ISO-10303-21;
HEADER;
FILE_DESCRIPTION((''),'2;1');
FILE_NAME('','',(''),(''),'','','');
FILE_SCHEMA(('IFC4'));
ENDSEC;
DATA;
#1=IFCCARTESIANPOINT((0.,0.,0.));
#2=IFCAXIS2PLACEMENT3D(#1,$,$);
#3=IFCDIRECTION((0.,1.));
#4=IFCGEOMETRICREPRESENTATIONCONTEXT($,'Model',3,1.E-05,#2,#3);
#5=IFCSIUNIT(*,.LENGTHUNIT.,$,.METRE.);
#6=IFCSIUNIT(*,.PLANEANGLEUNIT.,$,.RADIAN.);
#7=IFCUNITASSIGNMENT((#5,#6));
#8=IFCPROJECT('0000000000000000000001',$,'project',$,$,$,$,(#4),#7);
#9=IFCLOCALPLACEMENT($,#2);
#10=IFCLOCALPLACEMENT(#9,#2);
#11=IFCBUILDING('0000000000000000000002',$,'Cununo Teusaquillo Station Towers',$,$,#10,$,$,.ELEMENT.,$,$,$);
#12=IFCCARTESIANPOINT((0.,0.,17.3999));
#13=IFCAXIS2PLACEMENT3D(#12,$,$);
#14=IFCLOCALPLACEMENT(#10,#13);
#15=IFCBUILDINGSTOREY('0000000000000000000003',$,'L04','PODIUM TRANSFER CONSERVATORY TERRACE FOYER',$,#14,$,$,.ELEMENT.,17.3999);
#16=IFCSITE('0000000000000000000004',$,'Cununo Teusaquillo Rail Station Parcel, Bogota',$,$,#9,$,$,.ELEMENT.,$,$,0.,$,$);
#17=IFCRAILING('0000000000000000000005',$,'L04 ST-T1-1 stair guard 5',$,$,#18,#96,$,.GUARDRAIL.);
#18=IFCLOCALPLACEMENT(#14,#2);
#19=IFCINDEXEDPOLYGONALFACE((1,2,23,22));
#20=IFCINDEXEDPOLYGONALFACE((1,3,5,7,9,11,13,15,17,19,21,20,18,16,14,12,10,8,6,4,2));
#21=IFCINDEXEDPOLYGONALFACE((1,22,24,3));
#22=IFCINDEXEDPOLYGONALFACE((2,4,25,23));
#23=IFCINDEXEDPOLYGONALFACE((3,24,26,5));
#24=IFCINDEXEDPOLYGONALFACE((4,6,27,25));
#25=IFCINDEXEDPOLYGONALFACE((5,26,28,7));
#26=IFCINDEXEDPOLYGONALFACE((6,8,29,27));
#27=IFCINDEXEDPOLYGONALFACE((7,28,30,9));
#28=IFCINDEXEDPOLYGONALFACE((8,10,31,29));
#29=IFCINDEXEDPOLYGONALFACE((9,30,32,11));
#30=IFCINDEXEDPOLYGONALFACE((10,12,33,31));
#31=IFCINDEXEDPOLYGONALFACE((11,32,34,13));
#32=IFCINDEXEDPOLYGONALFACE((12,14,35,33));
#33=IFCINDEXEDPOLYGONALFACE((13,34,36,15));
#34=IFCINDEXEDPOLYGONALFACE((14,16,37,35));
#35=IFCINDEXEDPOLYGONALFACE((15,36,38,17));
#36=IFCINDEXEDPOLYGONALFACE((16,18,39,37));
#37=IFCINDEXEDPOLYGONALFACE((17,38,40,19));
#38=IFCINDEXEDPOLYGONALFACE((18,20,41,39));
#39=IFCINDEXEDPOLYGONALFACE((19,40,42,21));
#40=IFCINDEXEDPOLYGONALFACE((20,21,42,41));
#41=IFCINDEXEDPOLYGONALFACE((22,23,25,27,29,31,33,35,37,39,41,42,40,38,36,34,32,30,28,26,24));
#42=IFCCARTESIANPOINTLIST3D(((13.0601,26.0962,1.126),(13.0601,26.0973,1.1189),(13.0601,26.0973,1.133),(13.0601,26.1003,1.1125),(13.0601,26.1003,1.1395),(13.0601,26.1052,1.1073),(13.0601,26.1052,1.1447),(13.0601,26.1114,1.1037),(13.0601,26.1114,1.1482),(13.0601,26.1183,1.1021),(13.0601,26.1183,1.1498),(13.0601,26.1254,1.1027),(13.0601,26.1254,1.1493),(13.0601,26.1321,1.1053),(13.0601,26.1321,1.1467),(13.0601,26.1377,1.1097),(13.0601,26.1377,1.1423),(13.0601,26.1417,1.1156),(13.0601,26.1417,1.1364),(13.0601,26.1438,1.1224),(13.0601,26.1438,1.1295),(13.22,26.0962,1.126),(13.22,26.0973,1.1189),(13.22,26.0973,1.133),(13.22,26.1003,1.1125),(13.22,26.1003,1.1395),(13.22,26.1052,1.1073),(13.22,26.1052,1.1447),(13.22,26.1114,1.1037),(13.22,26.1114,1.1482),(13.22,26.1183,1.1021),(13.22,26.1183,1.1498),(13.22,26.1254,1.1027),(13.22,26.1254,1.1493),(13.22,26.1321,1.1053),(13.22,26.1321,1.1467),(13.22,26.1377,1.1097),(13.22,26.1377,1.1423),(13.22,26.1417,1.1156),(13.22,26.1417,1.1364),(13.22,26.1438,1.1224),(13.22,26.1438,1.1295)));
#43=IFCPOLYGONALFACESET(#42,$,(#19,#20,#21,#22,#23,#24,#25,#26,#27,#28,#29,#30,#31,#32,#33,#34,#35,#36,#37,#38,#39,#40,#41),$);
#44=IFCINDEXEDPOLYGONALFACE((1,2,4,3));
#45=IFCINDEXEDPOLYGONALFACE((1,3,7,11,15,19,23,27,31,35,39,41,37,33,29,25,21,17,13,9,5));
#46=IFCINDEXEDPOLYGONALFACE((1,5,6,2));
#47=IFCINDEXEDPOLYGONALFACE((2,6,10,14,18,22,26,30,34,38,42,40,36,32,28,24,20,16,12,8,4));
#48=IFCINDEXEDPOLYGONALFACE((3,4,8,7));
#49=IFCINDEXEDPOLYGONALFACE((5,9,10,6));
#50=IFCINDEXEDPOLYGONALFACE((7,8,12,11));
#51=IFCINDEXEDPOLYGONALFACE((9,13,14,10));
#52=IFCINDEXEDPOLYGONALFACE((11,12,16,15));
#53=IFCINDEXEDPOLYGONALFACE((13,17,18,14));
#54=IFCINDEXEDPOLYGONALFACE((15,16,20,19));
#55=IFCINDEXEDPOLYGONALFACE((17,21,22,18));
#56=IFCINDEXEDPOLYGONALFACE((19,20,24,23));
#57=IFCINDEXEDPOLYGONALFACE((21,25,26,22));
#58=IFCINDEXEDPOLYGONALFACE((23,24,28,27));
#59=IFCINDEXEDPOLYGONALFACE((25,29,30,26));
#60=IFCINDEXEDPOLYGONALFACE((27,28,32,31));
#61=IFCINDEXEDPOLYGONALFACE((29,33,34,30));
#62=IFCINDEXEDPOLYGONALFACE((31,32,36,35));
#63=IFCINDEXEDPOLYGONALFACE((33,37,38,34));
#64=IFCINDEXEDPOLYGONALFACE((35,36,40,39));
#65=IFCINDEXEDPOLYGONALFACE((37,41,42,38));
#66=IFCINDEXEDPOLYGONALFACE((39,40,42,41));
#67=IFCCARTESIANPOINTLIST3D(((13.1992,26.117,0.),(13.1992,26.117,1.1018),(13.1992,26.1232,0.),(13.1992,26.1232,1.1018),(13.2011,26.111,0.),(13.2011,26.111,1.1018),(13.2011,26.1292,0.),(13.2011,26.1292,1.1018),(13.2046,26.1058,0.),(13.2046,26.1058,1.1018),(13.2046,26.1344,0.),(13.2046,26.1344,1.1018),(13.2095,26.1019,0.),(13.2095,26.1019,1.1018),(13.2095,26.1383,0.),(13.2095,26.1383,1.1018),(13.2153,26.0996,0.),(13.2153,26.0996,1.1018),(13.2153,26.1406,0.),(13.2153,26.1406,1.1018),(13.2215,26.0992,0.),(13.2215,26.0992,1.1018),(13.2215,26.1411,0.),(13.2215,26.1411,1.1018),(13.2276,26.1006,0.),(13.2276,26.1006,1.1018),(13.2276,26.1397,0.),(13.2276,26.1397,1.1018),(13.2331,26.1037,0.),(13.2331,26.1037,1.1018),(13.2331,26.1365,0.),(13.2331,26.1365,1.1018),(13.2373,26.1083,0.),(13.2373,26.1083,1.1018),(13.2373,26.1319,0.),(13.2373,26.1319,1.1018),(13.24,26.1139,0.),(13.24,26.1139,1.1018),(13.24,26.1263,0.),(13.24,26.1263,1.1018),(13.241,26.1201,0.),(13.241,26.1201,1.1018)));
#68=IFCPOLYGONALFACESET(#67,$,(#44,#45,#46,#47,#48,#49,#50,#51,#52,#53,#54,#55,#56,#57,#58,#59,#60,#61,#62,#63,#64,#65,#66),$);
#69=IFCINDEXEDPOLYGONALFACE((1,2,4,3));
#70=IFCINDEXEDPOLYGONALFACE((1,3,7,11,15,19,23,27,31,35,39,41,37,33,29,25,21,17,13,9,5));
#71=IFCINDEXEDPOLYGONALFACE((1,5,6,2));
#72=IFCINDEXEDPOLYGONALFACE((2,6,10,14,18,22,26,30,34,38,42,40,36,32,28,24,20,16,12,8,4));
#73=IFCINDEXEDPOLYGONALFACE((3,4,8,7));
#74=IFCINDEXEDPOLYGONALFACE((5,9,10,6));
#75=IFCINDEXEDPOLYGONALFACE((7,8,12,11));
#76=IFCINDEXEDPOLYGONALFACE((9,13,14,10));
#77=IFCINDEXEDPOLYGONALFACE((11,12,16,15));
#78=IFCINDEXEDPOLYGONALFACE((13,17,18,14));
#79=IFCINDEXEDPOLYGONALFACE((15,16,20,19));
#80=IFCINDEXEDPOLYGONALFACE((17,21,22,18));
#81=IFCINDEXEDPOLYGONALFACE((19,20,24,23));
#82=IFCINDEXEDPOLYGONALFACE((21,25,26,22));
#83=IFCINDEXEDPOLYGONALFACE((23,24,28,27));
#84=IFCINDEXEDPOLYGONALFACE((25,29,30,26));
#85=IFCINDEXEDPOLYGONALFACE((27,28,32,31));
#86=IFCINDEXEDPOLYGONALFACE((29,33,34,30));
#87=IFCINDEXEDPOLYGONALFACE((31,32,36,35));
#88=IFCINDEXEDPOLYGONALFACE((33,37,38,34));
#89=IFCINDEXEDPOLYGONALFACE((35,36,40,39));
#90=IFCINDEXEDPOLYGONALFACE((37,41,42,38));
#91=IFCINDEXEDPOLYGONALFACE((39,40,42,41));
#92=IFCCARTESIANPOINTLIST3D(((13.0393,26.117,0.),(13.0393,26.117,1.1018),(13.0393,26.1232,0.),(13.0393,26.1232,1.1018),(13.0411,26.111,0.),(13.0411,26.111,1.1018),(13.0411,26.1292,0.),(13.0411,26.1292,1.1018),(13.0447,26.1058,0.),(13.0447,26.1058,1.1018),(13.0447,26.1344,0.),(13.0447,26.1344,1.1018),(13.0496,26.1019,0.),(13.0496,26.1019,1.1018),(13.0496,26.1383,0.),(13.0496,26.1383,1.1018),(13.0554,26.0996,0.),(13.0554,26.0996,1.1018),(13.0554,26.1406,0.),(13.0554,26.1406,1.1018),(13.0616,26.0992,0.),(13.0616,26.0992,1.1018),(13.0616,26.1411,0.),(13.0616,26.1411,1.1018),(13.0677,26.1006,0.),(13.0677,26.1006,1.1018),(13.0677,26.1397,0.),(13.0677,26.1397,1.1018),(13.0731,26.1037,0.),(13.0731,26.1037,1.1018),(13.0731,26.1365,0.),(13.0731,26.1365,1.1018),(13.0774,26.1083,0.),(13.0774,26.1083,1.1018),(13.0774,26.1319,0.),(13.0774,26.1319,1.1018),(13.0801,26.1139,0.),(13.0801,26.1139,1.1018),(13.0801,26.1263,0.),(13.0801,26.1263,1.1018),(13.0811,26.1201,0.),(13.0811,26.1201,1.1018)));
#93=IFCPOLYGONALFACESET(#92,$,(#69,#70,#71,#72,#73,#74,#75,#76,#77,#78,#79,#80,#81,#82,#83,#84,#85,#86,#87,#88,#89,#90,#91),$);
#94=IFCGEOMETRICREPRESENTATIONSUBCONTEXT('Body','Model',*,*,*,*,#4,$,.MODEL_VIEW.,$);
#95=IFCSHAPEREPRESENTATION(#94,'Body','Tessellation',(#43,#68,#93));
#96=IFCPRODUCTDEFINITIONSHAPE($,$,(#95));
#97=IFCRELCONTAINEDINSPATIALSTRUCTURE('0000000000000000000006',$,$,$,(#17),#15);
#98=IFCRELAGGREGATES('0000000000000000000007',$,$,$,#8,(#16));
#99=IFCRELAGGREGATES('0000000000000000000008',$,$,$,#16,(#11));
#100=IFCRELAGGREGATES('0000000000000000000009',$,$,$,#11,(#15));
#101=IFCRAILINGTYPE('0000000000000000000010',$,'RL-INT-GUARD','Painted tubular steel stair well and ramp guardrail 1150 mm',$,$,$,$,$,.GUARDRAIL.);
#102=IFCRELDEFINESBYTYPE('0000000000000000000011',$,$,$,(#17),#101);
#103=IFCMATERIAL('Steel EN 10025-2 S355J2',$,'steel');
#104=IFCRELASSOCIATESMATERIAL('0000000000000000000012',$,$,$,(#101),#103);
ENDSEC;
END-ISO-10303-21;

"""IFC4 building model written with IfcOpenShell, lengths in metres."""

from ifc_helpers import new_model, si_unit, direction, frame, origin, origin_2d, place, context, subcontext, project, spatial, circle, extrude, material, type_object, element, save


model = new_model("IFC4")

# Units and contexts
model_context = context("Model", 3, precision=1e-05, world=origin(), true_north=direction((0.0, 1.0)))
body_context = subcontext(model_context, "Body", "Model", "MODEL_VIEW")
ifc_project = project(units=[si_unit("LENGTHUNIT", "METRE"), si_unit("PLANEANGLEUNIT", "RADIAN")], contexts=[model_context])

# Site, building, storey
site_placement = place(None, origin())
site = spatial("IfcSite", under=ifc_project, at=site_placement, Name="Cununo Teusaquillo Rail Station Parcel, Bogota", CompositionType="ELEMENT", RefElevation=0.0)
building_placement = place(site_placement, origin())
building = spatial("IfcBuilding", under=site, at=building_placement, Name="Cununo Teusaquillo Station Towers", CompositionType="ELEMENT")
storey_placement = place(building_placement, frame((0.0, 0.0, 17.3999)))
storey = spatial("IfcBuildingStorey", under=building, at=storey_placement, Name="L04", Description="PODIUM TRANSFER CONSERVATORY TERRACE FOYER", CompositionType="ELEMENT", Elevation=17.3999)

# Railing
ifc_material_1 = material(Name="Steel EN 10025-2 S355J2", Category="steel")
railing_type_1 = type_object("IfcRailingType", Name="RL-INT-GUARD", Description="Painted tubular steel stair well and ramp guardrail 1150 mm", PredefinedType="GUARDRAIL", material=ifc_material_1)
railing_1_placement = place(storey_placement, frame((13.22, 26.1201, 0.0)))
element("IfcRailing", 1, at=railing_1_placement, inside=storey, type_object=railing_type_1, Name="L04 ST-T1-1 stair guard 5", PredefinedType="GUARDRAIL", context=body_context, shape_type="SweptSolid", body=[
    extrude(circle(Radius=0.0239, at=origin_2d()), frame((0.0, 0.0, 1.126), z_axis=(-1.0, 0.0, 0.0), x_axis=(0.0, -1.0, 0.0)), (0.0, 0.0, 1.0), 0.1599),
    extrude(circle(Radius=0.021, at=origin_2d()), origin(), (0.0, 0.0, 1.0), 1.1018),
    extrude(circle(Radius=0.021, at=origin_2d()), frame((-0.1599, 0.0, 0.0)), (0.0, 0.0, 1.0), 1.1018),
])

save(model, "model.ifc")
